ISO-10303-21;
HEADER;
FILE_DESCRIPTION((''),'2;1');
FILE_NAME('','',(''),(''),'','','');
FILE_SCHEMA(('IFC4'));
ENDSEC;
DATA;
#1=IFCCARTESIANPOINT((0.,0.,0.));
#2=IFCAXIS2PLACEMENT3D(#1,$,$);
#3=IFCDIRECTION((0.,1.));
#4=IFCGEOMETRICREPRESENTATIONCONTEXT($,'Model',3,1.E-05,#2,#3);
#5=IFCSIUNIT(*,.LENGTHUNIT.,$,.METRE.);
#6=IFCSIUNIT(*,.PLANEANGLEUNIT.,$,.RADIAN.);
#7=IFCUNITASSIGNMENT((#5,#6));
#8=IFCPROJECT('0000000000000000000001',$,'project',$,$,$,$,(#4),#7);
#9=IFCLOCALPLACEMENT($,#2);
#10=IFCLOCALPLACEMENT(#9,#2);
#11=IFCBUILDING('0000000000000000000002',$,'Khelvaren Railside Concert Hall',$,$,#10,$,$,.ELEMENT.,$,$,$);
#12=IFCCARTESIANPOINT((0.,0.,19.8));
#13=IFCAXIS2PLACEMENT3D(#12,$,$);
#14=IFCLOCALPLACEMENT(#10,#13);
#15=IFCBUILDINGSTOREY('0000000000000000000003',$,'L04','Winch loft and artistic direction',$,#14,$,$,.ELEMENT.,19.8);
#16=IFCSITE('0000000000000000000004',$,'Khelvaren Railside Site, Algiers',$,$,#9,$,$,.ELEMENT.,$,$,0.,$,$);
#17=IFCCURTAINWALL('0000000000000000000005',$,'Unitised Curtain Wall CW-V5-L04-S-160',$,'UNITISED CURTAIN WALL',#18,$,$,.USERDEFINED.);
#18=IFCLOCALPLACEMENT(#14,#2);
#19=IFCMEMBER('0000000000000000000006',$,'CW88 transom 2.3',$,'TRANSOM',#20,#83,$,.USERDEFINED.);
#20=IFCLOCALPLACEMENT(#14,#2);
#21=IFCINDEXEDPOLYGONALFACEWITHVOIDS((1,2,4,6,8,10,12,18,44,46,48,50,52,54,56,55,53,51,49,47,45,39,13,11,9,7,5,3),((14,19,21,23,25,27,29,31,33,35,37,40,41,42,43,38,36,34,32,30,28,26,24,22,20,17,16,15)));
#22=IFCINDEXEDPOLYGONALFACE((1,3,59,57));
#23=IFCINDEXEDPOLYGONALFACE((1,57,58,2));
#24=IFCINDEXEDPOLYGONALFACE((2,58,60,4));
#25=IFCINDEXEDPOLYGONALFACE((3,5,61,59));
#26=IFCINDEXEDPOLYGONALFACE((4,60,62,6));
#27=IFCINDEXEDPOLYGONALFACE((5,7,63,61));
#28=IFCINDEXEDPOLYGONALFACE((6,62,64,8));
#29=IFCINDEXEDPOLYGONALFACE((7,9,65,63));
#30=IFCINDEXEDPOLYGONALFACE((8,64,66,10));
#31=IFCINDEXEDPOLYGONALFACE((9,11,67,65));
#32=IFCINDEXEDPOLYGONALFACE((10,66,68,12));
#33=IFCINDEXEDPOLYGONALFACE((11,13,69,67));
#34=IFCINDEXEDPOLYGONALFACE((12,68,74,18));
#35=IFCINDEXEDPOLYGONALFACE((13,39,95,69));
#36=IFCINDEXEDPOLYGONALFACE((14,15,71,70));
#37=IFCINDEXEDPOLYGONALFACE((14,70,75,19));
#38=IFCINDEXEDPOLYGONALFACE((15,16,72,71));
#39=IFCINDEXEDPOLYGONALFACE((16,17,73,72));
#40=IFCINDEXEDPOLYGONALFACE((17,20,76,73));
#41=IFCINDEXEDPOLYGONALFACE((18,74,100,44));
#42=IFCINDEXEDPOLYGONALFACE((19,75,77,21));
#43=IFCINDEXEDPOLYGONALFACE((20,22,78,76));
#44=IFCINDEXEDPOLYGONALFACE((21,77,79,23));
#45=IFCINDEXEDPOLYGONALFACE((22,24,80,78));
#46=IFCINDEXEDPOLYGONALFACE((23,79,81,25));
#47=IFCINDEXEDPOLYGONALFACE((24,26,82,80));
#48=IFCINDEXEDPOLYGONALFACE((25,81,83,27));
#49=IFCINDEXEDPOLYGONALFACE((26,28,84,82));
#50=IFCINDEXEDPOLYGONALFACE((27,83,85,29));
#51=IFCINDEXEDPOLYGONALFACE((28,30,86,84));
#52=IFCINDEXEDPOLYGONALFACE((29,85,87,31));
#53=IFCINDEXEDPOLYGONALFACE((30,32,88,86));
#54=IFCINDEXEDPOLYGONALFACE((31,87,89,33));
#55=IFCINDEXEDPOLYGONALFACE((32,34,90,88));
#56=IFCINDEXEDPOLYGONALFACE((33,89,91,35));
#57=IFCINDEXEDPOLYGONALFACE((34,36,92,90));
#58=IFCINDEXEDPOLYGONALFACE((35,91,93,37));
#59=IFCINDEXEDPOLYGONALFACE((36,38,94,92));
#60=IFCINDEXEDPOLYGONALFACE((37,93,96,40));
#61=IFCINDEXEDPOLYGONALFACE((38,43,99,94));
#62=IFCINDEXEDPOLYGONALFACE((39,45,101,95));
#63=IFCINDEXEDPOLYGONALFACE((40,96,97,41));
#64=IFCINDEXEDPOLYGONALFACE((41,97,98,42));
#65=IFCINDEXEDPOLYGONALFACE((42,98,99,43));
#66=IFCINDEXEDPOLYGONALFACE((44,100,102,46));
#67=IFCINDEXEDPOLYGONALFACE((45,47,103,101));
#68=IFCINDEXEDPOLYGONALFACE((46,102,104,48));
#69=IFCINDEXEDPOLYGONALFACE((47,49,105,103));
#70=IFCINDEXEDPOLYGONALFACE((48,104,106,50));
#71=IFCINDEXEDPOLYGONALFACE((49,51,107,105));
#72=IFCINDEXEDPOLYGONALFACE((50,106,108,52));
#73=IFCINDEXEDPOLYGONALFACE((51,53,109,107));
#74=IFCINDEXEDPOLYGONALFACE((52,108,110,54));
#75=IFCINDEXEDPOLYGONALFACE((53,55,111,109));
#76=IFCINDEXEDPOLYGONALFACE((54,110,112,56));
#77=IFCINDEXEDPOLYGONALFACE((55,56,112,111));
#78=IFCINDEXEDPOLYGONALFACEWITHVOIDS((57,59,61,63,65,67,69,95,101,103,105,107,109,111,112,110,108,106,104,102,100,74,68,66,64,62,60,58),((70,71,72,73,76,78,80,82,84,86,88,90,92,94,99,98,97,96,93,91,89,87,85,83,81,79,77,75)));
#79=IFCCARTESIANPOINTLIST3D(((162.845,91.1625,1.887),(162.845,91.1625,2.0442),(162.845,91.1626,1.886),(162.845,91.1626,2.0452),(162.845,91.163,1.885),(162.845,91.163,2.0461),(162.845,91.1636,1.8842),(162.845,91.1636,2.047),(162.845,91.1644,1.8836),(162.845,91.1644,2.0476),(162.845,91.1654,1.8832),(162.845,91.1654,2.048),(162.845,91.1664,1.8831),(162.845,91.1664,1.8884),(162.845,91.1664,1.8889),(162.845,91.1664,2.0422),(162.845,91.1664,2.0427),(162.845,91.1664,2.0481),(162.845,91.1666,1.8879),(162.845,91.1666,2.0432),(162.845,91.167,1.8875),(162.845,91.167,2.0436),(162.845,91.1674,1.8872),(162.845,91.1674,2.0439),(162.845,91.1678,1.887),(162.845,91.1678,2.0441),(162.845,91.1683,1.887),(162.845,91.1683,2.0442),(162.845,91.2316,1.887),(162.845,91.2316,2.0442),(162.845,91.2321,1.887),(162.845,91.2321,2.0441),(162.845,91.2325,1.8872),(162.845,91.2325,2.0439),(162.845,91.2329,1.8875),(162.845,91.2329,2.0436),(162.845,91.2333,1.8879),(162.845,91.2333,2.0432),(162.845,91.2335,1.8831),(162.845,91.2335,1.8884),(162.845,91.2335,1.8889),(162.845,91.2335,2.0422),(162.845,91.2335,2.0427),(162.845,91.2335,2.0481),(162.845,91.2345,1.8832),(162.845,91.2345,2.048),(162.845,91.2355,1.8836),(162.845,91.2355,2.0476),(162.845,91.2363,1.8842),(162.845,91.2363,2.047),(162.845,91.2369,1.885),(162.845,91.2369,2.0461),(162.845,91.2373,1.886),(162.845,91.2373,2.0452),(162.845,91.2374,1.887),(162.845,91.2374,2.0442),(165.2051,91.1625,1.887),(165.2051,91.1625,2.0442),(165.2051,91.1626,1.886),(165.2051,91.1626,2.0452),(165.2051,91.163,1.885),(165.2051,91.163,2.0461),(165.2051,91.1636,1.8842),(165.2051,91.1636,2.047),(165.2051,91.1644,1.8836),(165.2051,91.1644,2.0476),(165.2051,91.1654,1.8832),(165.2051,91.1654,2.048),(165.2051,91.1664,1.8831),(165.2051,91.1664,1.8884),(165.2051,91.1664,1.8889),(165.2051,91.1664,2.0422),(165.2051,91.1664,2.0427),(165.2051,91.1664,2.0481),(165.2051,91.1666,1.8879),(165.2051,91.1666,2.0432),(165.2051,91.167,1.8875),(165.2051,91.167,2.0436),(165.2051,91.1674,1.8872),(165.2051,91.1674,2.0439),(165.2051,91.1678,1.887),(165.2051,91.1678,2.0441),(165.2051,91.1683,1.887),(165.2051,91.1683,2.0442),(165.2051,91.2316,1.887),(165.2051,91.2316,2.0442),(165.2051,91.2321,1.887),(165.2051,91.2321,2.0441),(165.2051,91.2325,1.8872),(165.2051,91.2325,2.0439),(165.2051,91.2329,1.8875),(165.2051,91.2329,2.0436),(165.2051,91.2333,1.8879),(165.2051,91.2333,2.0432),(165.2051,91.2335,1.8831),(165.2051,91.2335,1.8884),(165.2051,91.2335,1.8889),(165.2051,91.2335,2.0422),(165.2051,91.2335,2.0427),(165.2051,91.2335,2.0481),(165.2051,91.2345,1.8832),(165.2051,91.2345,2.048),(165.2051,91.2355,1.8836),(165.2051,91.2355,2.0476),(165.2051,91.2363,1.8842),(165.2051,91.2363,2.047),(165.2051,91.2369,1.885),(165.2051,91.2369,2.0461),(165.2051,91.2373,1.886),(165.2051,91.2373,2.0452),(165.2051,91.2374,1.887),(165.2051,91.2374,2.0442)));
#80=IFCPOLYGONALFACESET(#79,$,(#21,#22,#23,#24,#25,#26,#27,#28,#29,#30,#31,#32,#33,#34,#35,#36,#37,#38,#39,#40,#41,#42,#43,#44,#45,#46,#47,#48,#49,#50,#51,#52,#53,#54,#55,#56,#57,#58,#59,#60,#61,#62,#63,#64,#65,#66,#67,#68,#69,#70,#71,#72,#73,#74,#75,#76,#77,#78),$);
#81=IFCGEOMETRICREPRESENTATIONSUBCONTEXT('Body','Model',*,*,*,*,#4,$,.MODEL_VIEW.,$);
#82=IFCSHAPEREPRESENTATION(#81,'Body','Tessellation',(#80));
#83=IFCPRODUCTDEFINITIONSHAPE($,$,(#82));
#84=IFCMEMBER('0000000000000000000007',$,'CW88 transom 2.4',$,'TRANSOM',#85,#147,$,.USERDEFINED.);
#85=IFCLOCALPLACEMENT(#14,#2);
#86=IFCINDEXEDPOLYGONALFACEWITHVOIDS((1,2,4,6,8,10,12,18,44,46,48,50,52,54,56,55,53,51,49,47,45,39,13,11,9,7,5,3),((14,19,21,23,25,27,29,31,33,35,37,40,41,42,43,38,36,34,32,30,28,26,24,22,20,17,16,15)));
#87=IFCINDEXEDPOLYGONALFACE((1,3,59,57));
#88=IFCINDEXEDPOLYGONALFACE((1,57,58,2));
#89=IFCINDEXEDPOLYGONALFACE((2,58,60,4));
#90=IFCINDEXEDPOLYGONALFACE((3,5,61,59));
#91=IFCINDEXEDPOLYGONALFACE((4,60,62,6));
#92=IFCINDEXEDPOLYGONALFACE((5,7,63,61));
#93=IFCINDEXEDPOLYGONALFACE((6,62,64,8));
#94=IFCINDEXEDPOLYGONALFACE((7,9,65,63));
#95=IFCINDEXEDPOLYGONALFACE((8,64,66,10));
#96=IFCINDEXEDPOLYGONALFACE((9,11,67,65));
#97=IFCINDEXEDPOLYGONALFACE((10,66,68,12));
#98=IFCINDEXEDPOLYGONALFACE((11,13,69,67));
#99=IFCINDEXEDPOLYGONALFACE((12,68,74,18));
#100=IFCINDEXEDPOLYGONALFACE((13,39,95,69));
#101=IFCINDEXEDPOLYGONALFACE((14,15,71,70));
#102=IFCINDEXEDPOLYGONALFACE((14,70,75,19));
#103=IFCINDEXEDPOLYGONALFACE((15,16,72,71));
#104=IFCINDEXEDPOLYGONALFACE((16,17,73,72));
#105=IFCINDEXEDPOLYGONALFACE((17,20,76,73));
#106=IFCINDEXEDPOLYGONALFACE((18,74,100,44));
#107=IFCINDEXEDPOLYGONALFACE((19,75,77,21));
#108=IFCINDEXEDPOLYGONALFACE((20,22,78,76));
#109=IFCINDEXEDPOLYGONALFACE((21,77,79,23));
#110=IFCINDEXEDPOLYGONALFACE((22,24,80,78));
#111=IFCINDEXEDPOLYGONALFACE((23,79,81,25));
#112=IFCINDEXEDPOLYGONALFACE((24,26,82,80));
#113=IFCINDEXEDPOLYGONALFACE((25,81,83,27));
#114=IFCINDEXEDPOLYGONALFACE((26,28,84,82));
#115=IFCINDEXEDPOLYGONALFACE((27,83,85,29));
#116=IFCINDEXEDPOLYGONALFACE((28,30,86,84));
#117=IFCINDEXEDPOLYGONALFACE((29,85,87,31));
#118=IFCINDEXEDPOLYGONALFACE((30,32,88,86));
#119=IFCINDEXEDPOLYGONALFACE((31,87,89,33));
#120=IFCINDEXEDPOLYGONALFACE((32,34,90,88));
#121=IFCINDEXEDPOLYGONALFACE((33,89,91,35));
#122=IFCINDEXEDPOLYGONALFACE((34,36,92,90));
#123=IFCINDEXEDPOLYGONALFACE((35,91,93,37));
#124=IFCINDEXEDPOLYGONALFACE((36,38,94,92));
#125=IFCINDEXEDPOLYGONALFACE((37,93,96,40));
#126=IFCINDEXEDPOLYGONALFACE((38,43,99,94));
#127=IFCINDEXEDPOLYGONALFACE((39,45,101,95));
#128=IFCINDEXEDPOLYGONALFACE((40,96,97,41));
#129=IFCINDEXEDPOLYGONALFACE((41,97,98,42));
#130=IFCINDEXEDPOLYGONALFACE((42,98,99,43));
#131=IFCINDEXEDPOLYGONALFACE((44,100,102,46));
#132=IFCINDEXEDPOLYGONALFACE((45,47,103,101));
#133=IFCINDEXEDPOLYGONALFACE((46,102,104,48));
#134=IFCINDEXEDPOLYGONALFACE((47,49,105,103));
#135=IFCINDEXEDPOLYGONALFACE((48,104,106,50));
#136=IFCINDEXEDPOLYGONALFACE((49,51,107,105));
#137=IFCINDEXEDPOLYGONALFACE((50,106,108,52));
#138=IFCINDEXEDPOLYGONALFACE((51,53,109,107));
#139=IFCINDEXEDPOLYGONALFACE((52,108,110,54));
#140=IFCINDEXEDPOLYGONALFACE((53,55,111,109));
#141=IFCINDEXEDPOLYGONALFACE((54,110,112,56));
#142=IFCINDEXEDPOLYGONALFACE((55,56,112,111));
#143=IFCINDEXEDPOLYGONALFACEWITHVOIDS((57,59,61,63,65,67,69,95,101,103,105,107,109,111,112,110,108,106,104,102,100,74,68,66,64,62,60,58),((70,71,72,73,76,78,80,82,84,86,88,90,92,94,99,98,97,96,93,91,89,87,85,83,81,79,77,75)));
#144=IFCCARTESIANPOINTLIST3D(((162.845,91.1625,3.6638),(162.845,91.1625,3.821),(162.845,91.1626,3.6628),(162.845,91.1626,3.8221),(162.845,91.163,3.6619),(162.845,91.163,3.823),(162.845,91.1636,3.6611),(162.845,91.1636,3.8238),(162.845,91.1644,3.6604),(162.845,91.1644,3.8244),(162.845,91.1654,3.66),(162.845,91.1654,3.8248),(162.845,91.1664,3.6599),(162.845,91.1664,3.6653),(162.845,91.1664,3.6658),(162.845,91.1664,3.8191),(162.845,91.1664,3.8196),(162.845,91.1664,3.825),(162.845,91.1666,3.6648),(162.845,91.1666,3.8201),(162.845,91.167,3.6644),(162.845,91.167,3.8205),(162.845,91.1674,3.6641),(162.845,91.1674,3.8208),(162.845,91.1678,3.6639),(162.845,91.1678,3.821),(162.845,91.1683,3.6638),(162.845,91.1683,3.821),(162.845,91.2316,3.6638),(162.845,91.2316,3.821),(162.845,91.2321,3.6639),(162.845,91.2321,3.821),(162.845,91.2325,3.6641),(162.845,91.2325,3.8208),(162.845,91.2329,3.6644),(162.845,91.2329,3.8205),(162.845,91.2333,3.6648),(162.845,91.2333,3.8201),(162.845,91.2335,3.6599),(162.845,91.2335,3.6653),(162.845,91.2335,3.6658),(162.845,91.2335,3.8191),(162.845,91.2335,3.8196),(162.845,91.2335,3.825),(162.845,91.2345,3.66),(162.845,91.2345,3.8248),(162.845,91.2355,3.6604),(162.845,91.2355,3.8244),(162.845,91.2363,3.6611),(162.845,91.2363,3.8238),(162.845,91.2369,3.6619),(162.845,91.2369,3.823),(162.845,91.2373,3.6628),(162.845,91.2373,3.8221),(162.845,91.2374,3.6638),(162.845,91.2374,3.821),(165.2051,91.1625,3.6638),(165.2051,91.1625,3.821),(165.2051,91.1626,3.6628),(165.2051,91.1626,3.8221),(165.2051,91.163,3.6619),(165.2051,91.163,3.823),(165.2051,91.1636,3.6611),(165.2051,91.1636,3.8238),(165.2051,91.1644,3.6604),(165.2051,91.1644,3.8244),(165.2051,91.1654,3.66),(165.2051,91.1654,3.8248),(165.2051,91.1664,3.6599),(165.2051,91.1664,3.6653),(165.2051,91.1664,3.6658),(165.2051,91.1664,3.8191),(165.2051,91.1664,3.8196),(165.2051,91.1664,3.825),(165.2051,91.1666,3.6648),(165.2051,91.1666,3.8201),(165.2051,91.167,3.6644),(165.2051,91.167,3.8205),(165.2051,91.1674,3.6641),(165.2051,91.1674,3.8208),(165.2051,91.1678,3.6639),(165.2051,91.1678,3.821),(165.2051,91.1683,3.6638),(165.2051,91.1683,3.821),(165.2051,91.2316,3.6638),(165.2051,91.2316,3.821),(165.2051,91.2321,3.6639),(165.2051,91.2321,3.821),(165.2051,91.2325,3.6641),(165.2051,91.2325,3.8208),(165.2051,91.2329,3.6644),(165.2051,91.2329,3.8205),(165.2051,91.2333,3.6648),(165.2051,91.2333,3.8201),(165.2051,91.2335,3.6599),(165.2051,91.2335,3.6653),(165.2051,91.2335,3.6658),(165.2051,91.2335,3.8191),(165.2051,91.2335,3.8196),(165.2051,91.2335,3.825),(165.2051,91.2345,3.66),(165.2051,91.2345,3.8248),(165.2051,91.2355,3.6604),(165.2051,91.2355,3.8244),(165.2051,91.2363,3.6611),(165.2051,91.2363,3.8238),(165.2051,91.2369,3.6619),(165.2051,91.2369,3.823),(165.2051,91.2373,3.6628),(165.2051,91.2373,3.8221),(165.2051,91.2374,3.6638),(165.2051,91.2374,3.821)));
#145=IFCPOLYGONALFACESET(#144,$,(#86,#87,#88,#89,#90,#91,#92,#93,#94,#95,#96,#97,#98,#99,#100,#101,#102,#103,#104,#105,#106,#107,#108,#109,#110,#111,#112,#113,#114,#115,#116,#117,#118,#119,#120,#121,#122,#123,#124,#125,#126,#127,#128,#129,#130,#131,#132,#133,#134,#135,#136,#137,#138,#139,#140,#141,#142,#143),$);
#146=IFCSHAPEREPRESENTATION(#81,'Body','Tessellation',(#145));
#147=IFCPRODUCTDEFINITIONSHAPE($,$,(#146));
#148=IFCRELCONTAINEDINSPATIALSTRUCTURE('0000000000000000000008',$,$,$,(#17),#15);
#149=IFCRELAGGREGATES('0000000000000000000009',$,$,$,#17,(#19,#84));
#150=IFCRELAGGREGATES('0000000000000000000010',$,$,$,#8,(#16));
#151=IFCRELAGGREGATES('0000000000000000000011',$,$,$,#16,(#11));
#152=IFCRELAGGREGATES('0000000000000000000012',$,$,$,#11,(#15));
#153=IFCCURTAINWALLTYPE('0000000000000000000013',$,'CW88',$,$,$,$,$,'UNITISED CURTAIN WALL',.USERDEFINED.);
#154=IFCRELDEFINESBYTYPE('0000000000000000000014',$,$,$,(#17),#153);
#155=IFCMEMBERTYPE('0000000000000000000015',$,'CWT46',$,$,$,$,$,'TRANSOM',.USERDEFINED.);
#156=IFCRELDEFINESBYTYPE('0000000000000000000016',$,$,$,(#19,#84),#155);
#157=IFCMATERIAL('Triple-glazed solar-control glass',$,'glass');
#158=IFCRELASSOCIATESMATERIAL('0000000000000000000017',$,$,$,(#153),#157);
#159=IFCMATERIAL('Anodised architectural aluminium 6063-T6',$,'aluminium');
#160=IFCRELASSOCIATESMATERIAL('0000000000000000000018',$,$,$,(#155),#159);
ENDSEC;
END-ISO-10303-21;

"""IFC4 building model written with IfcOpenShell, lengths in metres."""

from ifc_helpers import new_model, si_unit, direction, frame, origin, origin_2d, place, context, subcontext, project, spatial, hollow_rectangle, extrude, material, material_profile, profile_set, type_object, element, aggregate, save


model = new_model("IFC4")

# Units and contexts
model_context = context("Model", 3, precision=1e-05, world=origin(), true_north=direction((0.0, 1.0)))
body_context = subcontext(model_context, "Body", "Model", "MODEL_VIEW")
ifc_project = project(units=[si_unit("LENGTHUNIT", "METRE"), si_unit("PLANEANGLEUNIT", "RADIAN")], contexts=[model_context])

# Site, building, storey
site_placement = place(None, origin())
site = spatial("IfcSite", under=ifc_project, at=site_placement, Name="Khelvaren Railside Site, Algiers", CompositionType="ELEMENT", RefElevation=0.0)
building_placement = place(site_placement, origin())
building = spatial("IfcBuilding", under=site, at=building_placement, Name="Khelvaren Railside Concert Hall", CompositionType="ELEMENT")
storey_placement = place(building_placement, frame((0.0, 0.0, 19.8)))
storey = spatial("IfcBuildingStorey", under=building, at=storey_placement, Name="L04", Description="Winch loft and artistic direction", CompositionType="ELEMENT", Elevation=19.8)

# Curtain wall
ifc_material_1 = material(Name="Triple-glazed solar-control glass", Category="glass")
curtain_wall_type_1 = type_object("IfcCurtainWallType", Name="CW88", ElementType="UNITISED CURTAIN WALL", PredefinedType="USERDEFINED", material=ifc_material_1)
curtain_wall_1_placement = place(storey_placement, origin())
curtain_wall_1 = element("IfcCurtainWall", 1, at=curtain_wall_1_placement, inside=storey, type_object=curtain_wall_type_1, Name="Unitised Curtain Wall CW-V5-L04-S-160", ObjectType="UNITISED CURTAIN WALL", PredefinedType="USERDEFINED")
ifc_material_2 = material(Name="Anodised architectural aluminium 6063-T6", Category="aluminium")

# Members
ifc_material_profile_1 = material_profile(ifc_material_2, hollow_rectangle(XDim=0.075, YDim=0.165, WallThickness=0.0039, InnerFilletRadius=0.002, OuterFilletRadius=0.0039, at=origin_2d()), Name="CWT 75x165x4")
ifc_profile_set_1 = profile_set([ifc_material_profile_1], Name="Anodised architectural aluminium 6063-T6")
member_type_1 = type_object("IfcMemberType", Name="CWT46", ElementType="TRANSOM", PredefinedType="USERDEFINED", material=ifc_profile_set_1)
member_1_placement = place(storey_placement, frame((165.2051, 91.2, 1.9656), z_axis=(-1.0, 0.0, 0.0), x_axis=(0.0, -1.0, 0.0)))
member_1 = element("IfcMember", 2, at=member_1_placement, type_object=member_type_1, Name="CW88 transom 2.3", ObjectType="TRANSOM", PredefinedType="USERDEFINED", context=body_context, shape_type="SweptSolid", body=[
    extrude(hollow_rectangle(XDim=0.075, YDim=0.165, WallThickness=0.0039, InnerFilletRadius=0.002, OuterFilletRadius=0.0039, at=origin_2d()), origin(), (0.0, 0.0, 1.0), 2.3601),
])
member_2_placement = place(storey_placement, frame((165.2051, 91.2, 3.7424), z_axis=(-1.0, 0.0, 0.0), x_axis=(0.0, -1.0, 0.0)))
member_2 = element("IfcMember", 3, at=member_2_placement, type_object=member_type_1, Name="CW88 transom 2.4", ObjectType="TRANSOM", PredefinedType="USERDEFINED", context=body_context, shape_type="SweptSolid", body=[
    extrude(hollow_rectangle(XDim=0.075, YDim=0.165, WallThickness=0.0039, InnerFilletRadius=0.002, OuterFilletRadius=0.0039, at=origin_2d()), origin(), (0.0, 0.0, 1.0), 2.3601),
])

aggregate(curtain_wall_1, [member_1, member_2])

save(model, "model.ifc")
